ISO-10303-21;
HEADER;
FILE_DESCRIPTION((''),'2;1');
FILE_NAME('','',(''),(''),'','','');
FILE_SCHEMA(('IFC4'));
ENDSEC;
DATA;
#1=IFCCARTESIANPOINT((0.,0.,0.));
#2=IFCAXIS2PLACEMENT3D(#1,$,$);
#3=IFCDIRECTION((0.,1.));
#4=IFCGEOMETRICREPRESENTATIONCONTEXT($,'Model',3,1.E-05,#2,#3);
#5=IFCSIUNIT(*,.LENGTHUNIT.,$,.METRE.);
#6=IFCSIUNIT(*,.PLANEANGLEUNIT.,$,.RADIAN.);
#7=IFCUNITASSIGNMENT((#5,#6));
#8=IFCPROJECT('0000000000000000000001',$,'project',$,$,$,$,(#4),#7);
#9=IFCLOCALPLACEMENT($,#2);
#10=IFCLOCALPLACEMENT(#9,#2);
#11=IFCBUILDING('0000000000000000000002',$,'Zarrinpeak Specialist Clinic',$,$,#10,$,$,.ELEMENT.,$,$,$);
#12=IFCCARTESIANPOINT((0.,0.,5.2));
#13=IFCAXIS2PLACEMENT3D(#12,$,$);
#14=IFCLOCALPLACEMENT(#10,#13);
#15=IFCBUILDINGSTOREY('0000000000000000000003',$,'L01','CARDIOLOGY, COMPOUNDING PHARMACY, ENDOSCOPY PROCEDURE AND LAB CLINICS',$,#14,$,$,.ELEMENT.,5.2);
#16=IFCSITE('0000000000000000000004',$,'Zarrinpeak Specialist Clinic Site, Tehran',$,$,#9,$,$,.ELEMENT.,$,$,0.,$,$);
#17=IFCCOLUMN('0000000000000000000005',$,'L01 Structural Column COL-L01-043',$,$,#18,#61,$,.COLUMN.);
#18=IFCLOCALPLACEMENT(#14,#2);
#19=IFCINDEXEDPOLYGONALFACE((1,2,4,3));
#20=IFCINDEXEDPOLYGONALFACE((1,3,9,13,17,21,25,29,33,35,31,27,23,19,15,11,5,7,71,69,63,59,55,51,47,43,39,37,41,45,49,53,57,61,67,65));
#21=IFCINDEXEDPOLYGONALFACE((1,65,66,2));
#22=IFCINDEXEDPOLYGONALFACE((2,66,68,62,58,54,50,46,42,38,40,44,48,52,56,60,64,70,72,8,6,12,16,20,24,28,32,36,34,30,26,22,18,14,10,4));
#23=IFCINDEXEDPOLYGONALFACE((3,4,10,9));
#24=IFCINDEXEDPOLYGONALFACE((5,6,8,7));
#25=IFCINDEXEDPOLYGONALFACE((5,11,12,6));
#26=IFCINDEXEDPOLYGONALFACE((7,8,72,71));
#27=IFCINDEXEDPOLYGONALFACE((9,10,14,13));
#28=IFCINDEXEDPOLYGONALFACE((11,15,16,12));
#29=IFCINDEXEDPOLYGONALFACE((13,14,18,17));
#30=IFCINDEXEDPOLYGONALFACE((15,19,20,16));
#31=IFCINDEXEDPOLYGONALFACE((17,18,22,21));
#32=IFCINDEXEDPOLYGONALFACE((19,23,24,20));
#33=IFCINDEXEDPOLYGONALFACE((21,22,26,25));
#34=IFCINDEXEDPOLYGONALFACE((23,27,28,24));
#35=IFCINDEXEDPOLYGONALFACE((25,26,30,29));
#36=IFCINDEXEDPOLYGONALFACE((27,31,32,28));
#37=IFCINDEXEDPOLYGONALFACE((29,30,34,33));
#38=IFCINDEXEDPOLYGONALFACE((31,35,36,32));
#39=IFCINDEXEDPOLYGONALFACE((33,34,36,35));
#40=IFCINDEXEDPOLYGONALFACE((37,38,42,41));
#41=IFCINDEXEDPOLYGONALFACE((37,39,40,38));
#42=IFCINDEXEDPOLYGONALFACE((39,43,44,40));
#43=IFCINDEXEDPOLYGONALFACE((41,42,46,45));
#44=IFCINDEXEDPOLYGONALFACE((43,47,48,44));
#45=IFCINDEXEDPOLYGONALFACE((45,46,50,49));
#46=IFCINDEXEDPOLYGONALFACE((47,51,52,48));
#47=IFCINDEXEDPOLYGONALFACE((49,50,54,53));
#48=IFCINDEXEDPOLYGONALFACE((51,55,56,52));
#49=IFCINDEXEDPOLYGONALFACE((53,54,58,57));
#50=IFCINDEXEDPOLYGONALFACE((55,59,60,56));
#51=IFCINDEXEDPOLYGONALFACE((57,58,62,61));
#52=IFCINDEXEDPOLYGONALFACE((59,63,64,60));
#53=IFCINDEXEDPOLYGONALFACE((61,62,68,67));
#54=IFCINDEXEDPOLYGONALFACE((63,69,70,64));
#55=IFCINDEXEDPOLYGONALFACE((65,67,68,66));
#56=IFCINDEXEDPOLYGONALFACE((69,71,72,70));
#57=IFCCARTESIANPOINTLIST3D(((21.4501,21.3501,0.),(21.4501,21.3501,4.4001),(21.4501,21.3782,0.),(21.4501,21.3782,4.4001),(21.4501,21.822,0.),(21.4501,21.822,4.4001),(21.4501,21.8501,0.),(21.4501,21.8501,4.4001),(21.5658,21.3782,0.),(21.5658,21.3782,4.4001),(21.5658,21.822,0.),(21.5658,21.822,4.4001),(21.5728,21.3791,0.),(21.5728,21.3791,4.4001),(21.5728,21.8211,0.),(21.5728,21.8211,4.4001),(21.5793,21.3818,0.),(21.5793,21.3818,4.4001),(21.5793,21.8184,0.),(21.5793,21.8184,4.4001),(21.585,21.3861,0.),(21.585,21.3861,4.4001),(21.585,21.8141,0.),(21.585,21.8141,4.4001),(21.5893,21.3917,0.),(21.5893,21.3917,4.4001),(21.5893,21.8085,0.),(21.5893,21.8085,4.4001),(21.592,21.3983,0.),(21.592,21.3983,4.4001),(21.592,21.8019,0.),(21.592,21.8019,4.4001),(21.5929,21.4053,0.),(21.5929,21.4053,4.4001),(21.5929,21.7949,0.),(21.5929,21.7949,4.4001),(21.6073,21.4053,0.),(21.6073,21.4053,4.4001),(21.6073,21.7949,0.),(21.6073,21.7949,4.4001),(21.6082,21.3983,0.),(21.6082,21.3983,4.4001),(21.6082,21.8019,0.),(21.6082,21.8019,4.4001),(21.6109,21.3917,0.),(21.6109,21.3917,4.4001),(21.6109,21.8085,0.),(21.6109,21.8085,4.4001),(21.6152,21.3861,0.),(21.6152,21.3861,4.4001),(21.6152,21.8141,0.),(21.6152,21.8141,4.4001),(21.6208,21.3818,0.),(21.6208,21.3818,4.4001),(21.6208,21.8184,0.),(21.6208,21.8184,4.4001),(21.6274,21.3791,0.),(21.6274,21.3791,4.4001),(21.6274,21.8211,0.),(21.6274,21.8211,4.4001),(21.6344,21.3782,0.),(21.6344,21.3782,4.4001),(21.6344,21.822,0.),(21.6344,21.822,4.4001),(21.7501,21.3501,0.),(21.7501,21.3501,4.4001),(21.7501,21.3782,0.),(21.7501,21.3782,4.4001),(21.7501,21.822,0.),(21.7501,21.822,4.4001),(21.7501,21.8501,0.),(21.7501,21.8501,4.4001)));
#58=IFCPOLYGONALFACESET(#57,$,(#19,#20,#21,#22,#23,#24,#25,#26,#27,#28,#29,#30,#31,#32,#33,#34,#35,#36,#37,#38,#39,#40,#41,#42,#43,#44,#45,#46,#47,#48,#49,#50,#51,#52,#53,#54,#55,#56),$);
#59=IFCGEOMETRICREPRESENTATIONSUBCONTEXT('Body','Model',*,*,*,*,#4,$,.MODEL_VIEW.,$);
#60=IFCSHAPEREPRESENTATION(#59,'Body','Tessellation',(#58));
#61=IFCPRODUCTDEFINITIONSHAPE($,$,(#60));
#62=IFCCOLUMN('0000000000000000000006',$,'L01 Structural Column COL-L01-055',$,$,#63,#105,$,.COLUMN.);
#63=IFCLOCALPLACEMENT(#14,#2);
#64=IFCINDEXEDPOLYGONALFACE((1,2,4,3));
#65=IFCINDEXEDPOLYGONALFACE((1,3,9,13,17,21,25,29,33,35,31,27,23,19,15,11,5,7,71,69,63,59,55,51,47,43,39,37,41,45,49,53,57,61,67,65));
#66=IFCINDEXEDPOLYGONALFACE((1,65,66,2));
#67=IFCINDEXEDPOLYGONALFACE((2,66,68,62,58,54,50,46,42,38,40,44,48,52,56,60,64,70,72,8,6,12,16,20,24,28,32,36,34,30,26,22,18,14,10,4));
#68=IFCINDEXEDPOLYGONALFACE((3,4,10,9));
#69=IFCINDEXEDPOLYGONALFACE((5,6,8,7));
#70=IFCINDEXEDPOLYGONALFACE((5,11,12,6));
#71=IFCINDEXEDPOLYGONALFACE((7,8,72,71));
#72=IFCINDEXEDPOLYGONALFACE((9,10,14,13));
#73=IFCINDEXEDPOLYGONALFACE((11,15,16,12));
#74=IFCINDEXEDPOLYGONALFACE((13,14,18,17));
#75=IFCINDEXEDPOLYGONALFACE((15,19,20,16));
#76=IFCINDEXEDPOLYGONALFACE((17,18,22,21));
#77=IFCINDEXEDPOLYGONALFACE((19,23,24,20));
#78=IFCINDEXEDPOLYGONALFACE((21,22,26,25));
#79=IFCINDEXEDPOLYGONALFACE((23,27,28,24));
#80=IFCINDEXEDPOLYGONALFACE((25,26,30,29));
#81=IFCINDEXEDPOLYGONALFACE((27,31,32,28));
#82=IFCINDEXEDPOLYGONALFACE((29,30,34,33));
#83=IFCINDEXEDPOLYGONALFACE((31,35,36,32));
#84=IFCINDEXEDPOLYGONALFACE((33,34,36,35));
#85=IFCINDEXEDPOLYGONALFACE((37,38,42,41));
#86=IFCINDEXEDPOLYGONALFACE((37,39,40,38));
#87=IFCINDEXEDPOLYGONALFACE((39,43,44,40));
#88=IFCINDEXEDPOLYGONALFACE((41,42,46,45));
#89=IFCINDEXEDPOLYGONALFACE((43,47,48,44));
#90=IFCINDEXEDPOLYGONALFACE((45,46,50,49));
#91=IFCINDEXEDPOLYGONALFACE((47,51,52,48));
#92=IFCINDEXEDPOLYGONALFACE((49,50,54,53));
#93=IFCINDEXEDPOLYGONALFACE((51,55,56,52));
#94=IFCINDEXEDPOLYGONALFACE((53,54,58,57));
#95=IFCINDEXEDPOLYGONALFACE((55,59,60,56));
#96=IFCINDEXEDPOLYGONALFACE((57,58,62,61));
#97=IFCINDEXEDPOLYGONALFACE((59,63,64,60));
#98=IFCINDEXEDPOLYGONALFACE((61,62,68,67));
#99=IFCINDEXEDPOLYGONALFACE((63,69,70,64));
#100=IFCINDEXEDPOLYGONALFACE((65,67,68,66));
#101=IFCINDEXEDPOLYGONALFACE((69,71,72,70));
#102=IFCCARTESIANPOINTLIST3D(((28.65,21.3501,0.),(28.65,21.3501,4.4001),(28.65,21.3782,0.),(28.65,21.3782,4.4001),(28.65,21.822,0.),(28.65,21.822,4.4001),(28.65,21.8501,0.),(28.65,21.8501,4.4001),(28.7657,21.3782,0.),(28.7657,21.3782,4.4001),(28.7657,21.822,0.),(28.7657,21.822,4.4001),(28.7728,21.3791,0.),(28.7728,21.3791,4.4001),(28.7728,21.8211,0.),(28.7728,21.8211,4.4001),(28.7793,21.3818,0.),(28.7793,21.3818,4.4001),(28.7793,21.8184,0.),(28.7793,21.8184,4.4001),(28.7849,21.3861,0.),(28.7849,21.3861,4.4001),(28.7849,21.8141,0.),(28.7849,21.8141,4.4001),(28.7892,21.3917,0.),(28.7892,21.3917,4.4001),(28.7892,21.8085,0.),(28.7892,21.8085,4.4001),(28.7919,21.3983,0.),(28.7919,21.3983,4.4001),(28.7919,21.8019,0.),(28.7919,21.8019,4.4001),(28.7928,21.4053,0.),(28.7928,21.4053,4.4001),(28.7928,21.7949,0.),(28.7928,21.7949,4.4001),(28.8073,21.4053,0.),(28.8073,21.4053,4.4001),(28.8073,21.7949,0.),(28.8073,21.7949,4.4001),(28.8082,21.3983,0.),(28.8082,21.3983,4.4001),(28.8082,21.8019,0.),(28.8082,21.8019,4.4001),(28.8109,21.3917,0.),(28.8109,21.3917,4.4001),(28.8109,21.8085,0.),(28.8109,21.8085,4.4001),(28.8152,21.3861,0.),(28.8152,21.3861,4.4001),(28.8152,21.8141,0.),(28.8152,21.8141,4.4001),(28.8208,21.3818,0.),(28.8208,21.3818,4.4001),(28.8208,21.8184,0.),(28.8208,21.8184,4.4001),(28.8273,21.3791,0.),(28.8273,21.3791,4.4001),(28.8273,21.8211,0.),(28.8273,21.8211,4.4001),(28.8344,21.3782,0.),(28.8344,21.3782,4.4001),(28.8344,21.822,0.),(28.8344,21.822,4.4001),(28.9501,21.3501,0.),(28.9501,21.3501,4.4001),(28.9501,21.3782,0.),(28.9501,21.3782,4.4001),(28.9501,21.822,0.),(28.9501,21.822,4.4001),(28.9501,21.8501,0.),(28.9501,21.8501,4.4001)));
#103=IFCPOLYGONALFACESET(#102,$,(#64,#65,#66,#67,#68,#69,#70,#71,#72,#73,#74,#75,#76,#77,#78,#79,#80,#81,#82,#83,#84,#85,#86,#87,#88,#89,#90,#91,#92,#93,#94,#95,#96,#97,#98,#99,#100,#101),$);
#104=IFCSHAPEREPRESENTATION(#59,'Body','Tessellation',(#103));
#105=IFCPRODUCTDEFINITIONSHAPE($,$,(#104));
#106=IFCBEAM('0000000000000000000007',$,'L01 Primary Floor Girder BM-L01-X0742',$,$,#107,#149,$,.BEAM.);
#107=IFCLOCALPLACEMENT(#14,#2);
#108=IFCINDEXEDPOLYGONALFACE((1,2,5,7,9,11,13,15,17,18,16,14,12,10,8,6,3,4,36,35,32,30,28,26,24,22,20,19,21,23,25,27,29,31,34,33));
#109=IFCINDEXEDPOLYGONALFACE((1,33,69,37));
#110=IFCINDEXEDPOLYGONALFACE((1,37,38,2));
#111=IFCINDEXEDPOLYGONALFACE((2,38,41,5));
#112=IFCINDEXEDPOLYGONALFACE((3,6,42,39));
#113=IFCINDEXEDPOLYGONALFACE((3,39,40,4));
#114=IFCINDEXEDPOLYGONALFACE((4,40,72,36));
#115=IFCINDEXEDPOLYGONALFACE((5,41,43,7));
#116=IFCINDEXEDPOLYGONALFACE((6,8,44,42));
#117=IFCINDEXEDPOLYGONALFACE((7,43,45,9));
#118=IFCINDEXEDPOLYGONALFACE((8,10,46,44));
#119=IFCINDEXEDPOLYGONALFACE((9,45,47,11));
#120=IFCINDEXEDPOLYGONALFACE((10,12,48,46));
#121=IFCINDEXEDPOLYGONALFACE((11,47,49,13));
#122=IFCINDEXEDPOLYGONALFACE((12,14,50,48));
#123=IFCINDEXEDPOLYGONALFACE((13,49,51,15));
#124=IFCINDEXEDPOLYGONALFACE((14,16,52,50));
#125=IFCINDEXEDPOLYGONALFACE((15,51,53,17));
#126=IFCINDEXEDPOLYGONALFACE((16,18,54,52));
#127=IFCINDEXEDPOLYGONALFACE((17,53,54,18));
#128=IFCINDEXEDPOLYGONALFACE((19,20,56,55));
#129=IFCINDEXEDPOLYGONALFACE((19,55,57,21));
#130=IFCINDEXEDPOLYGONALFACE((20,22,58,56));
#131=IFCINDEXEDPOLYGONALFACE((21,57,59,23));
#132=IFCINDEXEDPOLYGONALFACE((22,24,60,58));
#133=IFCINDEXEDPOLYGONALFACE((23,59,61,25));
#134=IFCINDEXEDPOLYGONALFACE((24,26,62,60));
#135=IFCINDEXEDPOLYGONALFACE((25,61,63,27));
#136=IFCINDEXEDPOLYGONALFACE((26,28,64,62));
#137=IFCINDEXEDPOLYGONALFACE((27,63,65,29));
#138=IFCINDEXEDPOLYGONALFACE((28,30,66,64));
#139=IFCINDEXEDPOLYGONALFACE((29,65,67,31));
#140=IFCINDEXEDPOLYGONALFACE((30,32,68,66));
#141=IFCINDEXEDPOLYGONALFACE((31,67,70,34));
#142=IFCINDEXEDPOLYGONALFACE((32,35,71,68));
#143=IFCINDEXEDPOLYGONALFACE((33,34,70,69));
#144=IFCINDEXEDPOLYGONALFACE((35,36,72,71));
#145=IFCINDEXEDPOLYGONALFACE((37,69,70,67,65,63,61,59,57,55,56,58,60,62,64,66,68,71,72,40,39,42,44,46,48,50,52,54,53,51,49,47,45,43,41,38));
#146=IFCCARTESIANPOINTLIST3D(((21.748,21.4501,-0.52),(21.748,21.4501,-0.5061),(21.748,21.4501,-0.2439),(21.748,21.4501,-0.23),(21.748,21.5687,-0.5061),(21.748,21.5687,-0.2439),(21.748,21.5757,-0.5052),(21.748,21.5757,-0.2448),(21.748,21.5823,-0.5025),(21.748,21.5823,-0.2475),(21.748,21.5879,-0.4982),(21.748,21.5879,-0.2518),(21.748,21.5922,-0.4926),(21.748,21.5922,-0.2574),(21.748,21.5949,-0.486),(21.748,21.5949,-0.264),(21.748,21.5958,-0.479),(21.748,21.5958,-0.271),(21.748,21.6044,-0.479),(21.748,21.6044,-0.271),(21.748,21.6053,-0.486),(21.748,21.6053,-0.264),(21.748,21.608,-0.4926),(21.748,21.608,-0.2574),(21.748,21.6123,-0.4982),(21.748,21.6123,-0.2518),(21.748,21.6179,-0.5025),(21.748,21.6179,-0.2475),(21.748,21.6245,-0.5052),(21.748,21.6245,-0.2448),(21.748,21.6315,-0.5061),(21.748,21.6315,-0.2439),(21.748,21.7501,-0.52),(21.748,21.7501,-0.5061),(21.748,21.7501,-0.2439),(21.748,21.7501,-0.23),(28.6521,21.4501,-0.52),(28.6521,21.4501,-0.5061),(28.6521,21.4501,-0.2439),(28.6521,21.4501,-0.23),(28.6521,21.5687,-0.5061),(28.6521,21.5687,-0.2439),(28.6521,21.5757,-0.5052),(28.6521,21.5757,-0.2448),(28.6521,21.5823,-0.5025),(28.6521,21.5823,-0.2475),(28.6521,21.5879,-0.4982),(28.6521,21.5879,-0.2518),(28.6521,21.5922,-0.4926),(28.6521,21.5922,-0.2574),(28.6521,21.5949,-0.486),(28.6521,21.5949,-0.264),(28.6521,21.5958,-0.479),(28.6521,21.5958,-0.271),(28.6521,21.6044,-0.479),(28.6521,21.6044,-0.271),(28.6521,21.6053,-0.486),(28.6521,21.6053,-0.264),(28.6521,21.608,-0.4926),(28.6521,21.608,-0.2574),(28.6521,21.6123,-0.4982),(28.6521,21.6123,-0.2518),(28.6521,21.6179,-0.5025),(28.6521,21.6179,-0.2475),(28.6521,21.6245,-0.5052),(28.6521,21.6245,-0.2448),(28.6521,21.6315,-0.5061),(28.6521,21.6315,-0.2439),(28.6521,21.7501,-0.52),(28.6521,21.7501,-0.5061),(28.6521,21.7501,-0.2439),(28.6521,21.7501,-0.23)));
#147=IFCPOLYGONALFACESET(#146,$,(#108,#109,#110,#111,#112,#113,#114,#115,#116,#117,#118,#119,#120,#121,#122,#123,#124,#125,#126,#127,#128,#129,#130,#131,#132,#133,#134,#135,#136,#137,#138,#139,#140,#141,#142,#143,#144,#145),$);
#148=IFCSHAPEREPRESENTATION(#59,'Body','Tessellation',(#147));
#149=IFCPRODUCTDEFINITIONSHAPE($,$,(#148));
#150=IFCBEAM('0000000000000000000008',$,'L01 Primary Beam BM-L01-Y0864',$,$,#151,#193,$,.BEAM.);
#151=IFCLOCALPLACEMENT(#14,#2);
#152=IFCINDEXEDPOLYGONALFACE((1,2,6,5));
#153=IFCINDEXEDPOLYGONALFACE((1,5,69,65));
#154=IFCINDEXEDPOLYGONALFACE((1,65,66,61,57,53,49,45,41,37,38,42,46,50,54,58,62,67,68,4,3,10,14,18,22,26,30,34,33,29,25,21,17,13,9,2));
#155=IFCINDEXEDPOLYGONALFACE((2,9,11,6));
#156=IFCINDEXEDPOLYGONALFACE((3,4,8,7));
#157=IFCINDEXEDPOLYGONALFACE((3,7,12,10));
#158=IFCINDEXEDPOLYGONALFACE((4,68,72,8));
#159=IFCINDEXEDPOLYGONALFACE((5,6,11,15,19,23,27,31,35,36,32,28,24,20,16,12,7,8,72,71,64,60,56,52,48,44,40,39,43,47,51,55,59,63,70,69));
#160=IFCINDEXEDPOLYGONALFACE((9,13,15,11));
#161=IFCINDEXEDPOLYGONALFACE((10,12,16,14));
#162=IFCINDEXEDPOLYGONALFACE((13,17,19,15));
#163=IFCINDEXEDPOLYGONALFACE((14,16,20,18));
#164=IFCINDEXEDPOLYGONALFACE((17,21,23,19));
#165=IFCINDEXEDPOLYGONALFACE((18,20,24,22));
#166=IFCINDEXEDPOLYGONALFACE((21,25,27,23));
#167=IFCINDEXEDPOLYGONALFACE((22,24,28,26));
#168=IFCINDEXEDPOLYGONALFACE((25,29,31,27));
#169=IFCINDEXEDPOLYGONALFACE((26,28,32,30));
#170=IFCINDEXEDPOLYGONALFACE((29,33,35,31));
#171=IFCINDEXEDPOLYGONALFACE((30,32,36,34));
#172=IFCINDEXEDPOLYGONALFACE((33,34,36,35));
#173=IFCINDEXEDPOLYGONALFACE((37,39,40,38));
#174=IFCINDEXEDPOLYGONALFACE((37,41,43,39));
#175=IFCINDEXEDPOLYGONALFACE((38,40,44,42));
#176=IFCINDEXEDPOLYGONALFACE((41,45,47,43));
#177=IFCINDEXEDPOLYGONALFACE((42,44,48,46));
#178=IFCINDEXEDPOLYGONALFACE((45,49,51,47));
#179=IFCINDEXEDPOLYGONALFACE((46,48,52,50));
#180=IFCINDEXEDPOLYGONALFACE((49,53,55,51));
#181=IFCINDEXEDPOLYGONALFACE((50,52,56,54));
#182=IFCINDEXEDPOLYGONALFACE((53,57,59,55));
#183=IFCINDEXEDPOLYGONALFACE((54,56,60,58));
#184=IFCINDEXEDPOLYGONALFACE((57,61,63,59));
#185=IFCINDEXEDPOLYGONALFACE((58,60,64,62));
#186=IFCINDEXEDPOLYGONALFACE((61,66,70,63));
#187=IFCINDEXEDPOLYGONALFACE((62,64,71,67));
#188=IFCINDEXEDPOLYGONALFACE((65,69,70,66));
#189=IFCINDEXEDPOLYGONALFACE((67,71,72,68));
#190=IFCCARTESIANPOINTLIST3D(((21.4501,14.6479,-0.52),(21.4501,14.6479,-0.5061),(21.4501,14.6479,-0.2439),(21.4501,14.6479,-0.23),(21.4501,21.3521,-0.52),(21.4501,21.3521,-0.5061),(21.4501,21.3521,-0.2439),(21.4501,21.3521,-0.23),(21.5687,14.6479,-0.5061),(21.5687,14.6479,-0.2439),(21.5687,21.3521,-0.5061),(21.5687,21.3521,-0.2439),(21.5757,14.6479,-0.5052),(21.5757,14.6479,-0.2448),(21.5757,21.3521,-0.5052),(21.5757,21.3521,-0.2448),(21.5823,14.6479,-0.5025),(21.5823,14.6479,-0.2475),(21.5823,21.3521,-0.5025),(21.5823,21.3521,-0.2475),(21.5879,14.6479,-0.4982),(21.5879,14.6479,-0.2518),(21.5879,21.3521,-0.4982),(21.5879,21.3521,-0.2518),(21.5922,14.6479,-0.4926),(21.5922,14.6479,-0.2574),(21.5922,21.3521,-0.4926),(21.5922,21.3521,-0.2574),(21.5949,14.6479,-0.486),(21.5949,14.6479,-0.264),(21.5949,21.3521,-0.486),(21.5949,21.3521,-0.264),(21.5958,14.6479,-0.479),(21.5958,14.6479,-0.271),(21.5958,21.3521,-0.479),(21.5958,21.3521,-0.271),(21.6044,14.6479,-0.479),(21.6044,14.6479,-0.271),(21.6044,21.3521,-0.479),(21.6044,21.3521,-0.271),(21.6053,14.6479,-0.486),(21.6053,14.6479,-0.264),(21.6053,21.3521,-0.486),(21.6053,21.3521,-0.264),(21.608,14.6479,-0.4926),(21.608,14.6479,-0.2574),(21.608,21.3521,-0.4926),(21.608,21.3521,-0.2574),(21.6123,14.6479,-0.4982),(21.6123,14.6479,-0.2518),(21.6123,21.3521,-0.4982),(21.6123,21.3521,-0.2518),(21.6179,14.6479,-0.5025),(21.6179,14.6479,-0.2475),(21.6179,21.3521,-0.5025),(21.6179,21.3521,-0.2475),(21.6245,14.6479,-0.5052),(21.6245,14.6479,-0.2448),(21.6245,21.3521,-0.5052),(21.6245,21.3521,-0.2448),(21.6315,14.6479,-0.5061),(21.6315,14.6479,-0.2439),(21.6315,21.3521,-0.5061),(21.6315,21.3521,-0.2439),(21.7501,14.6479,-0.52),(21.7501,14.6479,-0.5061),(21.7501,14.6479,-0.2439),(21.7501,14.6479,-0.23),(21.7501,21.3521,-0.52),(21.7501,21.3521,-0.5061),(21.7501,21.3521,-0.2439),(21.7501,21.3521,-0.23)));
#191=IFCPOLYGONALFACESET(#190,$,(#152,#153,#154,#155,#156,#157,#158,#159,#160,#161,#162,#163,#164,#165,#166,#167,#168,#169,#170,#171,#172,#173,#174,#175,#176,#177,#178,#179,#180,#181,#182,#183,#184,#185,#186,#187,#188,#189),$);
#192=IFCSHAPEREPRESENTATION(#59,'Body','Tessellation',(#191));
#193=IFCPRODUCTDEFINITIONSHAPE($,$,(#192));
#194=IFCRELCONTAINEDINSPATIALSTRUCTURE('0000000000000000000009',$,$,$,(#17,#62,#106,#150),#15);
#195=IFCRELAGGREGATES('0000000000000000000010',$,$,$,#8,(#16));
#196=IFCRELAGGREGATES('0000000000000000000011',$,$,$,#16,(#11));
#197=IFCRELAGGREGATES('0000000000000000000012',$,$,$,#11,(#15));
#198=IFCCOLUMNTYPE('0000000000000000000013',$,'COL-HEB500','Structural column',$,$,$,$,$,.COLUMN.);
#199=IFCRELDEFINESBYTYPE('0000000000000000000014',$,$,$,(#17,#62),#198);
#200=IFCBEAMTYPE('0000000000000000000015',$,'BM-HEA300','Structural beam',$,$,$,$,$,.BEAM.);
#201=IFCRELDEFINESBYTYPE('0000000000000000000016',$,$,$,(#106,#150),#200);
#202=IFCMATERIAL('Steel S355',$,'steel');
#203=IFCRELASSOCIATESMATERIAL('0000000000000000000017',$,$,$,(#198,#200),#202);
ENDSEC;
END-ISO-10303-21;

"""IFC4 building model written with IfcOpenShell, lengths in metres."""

from ifc_helpers import new_model, si_unit, direction, frame, origin, origin_2d, place, context, subcontext, project, spatial, i_section, extrude, material, material_profile, profile_set, type_object, element, save


model = new_model("IFC4")

# Units and contexts
model_context = context("Model", 3, precision=1e-05, world=origin(), true_north=direction((0.0, 1.0)))
body_context = subcontext(model_context, "Body", "Model", "MODEL_VIEW")
ifc_project = project(units=[si_unit("LENGTHUNIT", "METRE"), si_unit("PLANEANGLEUNIT", "RADIAN")], contexts=[model_context])

# Site, building, storey
site_placement = place(None, origin())
site = spatial("IfcSite", under=ifc_project, at=site_placement, Name="Zarrinpeak Specialist Clinic Site, Tehran", CompositionType="ELEMENT", RefElevation=0.0)
building_placement = place(site_placement, origin())
building = spatial("IfcBuilding", under=site, at=building_placement, Name="Zarrinpeak Specialist Clinic", CompositionType="ELEMENT")
storey_placement = place(building_placement, frame((0.0, 0.0, 5.2)))
storey = spatial("IfcBuildingStorey", under=building, at=storey_placement, Name="L01", Description="CARDIOLOGY, COMPOUNDING PHARMACY, ENDOSCOPY PROCEDURE AND LAB CLINICS", CompositionType="ELEMENT", Elevation=5.2)

# Columns
ifc_material_1 = material(Name="Steel S355", Category="steel")
ifc_material_profile_1 = material_profile(ifc_material_1, i_section(OverallWidth=0.3, OverallDepth=0.5, WebThickness=0.0144, FlangeThickness=0.0281, FilletRadius=0.0271, at=origin_2d()), Name="HEB 500")
ifc_profile_set_1 = profile_set([ifc_material_profile_1], Name="Steel S355")
column_type = type_object("IfcColumnType", Name="COL-HEB500", Description="Structural column", PredefinedType="COLUMN", material=ifc_profile_set_1)
for number, where, z_axis, x_axis, name in (
    (1, (21.6001, 21.6001, 0.0), (0.0, 0.0, 1.0), (1.0, 0.0, 0.0), "L01 Structural Column COL-L01-043"),
    (2, (28.8, 21.6001, 0.0), (0.0, 0.0, 1.0), (1.0, 0.0, 0.0), "L01 Structural Column COL-L01-055"),
):
    element("IfcColumn", number, at=place(storey_placement, frame(where, z_axis=z_axis, x_axis=x_axis)), inside=storey, type_object=column_type, Name=name, PredefinedType="COLUMN", context=body_context, shape_type="SweptSolid", body=[
        extrude(i_section(OverallWidth=0.3, OverallDepth=0.5, WebThickness=0.0144, FlangeThickness=0.0281, FilletRadius=0.0271, at=origin_2d()), origin(), (0.0, 0.0, 1.0), 4.4001),
    ])

# Beams
ifc_material_profile_2 = material_profile(ifc_material_1, i_section(OverallWidth=0.3, OverallDepth=0.29, WebThickness=0.0085, FlangeThickness=0.0139, FilletRadius=0.0271, at=origin_2d()), Name="HEA 300")
ifc_profile_set_2 = profile_set([ifc_material_profile_2], Name="Steel S355")
beam_type_1 = type_object("IfcBeamType", Name="BM-HEA300", Description="Structural beam", PredefinedType="BEAM", material=ifc_profile_set_2)
beam_placement = place(storey_placement, frame((21.748, 21.6001, -0.375), z_axis=(1.0, 0.0, 0.0), x_axis=(0.0, 1.0, 0.0)))
element("IfcBeam", 3, at=beam_placement, inside=storey, type_object=beam_type_1, Name="L01 Primary Floor Girder BM-L01-X0742", PredefinedType="BEAM", context=body_context, shape_type="SweptSolid", body=[
    extrude(i_section(OverallWidth=0.3, OverallDepth=0.29, WebThickness=0.0085, FlangeThickness=0.0139, FilletRadius=0.0271, at=origin_2d()), origin(), (0.0, 0.0, 1.0), 6.9041),
])
for number, where, z_axis, x_axis, name in (
    (4, (21.6001, 14.6479, -0.375), (0.0, 1.0, 0.0), (-1.0, 0.0, 0.0), "L01 Primary Beam BM-L01-Y0864"),
):
    element("IfcBeam", number, at=place(storey_placement, frame(where, z_axis=z_axis, x_axis=x_axis)), inside=storey, type_object=beam_type_1, Name=name, PredefinedType="BEAM", context=body_context, shape_type="SweptSolid", body=[
        extrude(i_section(OverallWidth=0.3, OverallDepth=0.29, WebThickness=0.0085, FlangeThickness=0.0139, FilletRadius=0.0271, at=origin_2d()), origin(), (0.0, 0.0, 1.0), 6.7041),
    ])

save(model, "model.ifc")
